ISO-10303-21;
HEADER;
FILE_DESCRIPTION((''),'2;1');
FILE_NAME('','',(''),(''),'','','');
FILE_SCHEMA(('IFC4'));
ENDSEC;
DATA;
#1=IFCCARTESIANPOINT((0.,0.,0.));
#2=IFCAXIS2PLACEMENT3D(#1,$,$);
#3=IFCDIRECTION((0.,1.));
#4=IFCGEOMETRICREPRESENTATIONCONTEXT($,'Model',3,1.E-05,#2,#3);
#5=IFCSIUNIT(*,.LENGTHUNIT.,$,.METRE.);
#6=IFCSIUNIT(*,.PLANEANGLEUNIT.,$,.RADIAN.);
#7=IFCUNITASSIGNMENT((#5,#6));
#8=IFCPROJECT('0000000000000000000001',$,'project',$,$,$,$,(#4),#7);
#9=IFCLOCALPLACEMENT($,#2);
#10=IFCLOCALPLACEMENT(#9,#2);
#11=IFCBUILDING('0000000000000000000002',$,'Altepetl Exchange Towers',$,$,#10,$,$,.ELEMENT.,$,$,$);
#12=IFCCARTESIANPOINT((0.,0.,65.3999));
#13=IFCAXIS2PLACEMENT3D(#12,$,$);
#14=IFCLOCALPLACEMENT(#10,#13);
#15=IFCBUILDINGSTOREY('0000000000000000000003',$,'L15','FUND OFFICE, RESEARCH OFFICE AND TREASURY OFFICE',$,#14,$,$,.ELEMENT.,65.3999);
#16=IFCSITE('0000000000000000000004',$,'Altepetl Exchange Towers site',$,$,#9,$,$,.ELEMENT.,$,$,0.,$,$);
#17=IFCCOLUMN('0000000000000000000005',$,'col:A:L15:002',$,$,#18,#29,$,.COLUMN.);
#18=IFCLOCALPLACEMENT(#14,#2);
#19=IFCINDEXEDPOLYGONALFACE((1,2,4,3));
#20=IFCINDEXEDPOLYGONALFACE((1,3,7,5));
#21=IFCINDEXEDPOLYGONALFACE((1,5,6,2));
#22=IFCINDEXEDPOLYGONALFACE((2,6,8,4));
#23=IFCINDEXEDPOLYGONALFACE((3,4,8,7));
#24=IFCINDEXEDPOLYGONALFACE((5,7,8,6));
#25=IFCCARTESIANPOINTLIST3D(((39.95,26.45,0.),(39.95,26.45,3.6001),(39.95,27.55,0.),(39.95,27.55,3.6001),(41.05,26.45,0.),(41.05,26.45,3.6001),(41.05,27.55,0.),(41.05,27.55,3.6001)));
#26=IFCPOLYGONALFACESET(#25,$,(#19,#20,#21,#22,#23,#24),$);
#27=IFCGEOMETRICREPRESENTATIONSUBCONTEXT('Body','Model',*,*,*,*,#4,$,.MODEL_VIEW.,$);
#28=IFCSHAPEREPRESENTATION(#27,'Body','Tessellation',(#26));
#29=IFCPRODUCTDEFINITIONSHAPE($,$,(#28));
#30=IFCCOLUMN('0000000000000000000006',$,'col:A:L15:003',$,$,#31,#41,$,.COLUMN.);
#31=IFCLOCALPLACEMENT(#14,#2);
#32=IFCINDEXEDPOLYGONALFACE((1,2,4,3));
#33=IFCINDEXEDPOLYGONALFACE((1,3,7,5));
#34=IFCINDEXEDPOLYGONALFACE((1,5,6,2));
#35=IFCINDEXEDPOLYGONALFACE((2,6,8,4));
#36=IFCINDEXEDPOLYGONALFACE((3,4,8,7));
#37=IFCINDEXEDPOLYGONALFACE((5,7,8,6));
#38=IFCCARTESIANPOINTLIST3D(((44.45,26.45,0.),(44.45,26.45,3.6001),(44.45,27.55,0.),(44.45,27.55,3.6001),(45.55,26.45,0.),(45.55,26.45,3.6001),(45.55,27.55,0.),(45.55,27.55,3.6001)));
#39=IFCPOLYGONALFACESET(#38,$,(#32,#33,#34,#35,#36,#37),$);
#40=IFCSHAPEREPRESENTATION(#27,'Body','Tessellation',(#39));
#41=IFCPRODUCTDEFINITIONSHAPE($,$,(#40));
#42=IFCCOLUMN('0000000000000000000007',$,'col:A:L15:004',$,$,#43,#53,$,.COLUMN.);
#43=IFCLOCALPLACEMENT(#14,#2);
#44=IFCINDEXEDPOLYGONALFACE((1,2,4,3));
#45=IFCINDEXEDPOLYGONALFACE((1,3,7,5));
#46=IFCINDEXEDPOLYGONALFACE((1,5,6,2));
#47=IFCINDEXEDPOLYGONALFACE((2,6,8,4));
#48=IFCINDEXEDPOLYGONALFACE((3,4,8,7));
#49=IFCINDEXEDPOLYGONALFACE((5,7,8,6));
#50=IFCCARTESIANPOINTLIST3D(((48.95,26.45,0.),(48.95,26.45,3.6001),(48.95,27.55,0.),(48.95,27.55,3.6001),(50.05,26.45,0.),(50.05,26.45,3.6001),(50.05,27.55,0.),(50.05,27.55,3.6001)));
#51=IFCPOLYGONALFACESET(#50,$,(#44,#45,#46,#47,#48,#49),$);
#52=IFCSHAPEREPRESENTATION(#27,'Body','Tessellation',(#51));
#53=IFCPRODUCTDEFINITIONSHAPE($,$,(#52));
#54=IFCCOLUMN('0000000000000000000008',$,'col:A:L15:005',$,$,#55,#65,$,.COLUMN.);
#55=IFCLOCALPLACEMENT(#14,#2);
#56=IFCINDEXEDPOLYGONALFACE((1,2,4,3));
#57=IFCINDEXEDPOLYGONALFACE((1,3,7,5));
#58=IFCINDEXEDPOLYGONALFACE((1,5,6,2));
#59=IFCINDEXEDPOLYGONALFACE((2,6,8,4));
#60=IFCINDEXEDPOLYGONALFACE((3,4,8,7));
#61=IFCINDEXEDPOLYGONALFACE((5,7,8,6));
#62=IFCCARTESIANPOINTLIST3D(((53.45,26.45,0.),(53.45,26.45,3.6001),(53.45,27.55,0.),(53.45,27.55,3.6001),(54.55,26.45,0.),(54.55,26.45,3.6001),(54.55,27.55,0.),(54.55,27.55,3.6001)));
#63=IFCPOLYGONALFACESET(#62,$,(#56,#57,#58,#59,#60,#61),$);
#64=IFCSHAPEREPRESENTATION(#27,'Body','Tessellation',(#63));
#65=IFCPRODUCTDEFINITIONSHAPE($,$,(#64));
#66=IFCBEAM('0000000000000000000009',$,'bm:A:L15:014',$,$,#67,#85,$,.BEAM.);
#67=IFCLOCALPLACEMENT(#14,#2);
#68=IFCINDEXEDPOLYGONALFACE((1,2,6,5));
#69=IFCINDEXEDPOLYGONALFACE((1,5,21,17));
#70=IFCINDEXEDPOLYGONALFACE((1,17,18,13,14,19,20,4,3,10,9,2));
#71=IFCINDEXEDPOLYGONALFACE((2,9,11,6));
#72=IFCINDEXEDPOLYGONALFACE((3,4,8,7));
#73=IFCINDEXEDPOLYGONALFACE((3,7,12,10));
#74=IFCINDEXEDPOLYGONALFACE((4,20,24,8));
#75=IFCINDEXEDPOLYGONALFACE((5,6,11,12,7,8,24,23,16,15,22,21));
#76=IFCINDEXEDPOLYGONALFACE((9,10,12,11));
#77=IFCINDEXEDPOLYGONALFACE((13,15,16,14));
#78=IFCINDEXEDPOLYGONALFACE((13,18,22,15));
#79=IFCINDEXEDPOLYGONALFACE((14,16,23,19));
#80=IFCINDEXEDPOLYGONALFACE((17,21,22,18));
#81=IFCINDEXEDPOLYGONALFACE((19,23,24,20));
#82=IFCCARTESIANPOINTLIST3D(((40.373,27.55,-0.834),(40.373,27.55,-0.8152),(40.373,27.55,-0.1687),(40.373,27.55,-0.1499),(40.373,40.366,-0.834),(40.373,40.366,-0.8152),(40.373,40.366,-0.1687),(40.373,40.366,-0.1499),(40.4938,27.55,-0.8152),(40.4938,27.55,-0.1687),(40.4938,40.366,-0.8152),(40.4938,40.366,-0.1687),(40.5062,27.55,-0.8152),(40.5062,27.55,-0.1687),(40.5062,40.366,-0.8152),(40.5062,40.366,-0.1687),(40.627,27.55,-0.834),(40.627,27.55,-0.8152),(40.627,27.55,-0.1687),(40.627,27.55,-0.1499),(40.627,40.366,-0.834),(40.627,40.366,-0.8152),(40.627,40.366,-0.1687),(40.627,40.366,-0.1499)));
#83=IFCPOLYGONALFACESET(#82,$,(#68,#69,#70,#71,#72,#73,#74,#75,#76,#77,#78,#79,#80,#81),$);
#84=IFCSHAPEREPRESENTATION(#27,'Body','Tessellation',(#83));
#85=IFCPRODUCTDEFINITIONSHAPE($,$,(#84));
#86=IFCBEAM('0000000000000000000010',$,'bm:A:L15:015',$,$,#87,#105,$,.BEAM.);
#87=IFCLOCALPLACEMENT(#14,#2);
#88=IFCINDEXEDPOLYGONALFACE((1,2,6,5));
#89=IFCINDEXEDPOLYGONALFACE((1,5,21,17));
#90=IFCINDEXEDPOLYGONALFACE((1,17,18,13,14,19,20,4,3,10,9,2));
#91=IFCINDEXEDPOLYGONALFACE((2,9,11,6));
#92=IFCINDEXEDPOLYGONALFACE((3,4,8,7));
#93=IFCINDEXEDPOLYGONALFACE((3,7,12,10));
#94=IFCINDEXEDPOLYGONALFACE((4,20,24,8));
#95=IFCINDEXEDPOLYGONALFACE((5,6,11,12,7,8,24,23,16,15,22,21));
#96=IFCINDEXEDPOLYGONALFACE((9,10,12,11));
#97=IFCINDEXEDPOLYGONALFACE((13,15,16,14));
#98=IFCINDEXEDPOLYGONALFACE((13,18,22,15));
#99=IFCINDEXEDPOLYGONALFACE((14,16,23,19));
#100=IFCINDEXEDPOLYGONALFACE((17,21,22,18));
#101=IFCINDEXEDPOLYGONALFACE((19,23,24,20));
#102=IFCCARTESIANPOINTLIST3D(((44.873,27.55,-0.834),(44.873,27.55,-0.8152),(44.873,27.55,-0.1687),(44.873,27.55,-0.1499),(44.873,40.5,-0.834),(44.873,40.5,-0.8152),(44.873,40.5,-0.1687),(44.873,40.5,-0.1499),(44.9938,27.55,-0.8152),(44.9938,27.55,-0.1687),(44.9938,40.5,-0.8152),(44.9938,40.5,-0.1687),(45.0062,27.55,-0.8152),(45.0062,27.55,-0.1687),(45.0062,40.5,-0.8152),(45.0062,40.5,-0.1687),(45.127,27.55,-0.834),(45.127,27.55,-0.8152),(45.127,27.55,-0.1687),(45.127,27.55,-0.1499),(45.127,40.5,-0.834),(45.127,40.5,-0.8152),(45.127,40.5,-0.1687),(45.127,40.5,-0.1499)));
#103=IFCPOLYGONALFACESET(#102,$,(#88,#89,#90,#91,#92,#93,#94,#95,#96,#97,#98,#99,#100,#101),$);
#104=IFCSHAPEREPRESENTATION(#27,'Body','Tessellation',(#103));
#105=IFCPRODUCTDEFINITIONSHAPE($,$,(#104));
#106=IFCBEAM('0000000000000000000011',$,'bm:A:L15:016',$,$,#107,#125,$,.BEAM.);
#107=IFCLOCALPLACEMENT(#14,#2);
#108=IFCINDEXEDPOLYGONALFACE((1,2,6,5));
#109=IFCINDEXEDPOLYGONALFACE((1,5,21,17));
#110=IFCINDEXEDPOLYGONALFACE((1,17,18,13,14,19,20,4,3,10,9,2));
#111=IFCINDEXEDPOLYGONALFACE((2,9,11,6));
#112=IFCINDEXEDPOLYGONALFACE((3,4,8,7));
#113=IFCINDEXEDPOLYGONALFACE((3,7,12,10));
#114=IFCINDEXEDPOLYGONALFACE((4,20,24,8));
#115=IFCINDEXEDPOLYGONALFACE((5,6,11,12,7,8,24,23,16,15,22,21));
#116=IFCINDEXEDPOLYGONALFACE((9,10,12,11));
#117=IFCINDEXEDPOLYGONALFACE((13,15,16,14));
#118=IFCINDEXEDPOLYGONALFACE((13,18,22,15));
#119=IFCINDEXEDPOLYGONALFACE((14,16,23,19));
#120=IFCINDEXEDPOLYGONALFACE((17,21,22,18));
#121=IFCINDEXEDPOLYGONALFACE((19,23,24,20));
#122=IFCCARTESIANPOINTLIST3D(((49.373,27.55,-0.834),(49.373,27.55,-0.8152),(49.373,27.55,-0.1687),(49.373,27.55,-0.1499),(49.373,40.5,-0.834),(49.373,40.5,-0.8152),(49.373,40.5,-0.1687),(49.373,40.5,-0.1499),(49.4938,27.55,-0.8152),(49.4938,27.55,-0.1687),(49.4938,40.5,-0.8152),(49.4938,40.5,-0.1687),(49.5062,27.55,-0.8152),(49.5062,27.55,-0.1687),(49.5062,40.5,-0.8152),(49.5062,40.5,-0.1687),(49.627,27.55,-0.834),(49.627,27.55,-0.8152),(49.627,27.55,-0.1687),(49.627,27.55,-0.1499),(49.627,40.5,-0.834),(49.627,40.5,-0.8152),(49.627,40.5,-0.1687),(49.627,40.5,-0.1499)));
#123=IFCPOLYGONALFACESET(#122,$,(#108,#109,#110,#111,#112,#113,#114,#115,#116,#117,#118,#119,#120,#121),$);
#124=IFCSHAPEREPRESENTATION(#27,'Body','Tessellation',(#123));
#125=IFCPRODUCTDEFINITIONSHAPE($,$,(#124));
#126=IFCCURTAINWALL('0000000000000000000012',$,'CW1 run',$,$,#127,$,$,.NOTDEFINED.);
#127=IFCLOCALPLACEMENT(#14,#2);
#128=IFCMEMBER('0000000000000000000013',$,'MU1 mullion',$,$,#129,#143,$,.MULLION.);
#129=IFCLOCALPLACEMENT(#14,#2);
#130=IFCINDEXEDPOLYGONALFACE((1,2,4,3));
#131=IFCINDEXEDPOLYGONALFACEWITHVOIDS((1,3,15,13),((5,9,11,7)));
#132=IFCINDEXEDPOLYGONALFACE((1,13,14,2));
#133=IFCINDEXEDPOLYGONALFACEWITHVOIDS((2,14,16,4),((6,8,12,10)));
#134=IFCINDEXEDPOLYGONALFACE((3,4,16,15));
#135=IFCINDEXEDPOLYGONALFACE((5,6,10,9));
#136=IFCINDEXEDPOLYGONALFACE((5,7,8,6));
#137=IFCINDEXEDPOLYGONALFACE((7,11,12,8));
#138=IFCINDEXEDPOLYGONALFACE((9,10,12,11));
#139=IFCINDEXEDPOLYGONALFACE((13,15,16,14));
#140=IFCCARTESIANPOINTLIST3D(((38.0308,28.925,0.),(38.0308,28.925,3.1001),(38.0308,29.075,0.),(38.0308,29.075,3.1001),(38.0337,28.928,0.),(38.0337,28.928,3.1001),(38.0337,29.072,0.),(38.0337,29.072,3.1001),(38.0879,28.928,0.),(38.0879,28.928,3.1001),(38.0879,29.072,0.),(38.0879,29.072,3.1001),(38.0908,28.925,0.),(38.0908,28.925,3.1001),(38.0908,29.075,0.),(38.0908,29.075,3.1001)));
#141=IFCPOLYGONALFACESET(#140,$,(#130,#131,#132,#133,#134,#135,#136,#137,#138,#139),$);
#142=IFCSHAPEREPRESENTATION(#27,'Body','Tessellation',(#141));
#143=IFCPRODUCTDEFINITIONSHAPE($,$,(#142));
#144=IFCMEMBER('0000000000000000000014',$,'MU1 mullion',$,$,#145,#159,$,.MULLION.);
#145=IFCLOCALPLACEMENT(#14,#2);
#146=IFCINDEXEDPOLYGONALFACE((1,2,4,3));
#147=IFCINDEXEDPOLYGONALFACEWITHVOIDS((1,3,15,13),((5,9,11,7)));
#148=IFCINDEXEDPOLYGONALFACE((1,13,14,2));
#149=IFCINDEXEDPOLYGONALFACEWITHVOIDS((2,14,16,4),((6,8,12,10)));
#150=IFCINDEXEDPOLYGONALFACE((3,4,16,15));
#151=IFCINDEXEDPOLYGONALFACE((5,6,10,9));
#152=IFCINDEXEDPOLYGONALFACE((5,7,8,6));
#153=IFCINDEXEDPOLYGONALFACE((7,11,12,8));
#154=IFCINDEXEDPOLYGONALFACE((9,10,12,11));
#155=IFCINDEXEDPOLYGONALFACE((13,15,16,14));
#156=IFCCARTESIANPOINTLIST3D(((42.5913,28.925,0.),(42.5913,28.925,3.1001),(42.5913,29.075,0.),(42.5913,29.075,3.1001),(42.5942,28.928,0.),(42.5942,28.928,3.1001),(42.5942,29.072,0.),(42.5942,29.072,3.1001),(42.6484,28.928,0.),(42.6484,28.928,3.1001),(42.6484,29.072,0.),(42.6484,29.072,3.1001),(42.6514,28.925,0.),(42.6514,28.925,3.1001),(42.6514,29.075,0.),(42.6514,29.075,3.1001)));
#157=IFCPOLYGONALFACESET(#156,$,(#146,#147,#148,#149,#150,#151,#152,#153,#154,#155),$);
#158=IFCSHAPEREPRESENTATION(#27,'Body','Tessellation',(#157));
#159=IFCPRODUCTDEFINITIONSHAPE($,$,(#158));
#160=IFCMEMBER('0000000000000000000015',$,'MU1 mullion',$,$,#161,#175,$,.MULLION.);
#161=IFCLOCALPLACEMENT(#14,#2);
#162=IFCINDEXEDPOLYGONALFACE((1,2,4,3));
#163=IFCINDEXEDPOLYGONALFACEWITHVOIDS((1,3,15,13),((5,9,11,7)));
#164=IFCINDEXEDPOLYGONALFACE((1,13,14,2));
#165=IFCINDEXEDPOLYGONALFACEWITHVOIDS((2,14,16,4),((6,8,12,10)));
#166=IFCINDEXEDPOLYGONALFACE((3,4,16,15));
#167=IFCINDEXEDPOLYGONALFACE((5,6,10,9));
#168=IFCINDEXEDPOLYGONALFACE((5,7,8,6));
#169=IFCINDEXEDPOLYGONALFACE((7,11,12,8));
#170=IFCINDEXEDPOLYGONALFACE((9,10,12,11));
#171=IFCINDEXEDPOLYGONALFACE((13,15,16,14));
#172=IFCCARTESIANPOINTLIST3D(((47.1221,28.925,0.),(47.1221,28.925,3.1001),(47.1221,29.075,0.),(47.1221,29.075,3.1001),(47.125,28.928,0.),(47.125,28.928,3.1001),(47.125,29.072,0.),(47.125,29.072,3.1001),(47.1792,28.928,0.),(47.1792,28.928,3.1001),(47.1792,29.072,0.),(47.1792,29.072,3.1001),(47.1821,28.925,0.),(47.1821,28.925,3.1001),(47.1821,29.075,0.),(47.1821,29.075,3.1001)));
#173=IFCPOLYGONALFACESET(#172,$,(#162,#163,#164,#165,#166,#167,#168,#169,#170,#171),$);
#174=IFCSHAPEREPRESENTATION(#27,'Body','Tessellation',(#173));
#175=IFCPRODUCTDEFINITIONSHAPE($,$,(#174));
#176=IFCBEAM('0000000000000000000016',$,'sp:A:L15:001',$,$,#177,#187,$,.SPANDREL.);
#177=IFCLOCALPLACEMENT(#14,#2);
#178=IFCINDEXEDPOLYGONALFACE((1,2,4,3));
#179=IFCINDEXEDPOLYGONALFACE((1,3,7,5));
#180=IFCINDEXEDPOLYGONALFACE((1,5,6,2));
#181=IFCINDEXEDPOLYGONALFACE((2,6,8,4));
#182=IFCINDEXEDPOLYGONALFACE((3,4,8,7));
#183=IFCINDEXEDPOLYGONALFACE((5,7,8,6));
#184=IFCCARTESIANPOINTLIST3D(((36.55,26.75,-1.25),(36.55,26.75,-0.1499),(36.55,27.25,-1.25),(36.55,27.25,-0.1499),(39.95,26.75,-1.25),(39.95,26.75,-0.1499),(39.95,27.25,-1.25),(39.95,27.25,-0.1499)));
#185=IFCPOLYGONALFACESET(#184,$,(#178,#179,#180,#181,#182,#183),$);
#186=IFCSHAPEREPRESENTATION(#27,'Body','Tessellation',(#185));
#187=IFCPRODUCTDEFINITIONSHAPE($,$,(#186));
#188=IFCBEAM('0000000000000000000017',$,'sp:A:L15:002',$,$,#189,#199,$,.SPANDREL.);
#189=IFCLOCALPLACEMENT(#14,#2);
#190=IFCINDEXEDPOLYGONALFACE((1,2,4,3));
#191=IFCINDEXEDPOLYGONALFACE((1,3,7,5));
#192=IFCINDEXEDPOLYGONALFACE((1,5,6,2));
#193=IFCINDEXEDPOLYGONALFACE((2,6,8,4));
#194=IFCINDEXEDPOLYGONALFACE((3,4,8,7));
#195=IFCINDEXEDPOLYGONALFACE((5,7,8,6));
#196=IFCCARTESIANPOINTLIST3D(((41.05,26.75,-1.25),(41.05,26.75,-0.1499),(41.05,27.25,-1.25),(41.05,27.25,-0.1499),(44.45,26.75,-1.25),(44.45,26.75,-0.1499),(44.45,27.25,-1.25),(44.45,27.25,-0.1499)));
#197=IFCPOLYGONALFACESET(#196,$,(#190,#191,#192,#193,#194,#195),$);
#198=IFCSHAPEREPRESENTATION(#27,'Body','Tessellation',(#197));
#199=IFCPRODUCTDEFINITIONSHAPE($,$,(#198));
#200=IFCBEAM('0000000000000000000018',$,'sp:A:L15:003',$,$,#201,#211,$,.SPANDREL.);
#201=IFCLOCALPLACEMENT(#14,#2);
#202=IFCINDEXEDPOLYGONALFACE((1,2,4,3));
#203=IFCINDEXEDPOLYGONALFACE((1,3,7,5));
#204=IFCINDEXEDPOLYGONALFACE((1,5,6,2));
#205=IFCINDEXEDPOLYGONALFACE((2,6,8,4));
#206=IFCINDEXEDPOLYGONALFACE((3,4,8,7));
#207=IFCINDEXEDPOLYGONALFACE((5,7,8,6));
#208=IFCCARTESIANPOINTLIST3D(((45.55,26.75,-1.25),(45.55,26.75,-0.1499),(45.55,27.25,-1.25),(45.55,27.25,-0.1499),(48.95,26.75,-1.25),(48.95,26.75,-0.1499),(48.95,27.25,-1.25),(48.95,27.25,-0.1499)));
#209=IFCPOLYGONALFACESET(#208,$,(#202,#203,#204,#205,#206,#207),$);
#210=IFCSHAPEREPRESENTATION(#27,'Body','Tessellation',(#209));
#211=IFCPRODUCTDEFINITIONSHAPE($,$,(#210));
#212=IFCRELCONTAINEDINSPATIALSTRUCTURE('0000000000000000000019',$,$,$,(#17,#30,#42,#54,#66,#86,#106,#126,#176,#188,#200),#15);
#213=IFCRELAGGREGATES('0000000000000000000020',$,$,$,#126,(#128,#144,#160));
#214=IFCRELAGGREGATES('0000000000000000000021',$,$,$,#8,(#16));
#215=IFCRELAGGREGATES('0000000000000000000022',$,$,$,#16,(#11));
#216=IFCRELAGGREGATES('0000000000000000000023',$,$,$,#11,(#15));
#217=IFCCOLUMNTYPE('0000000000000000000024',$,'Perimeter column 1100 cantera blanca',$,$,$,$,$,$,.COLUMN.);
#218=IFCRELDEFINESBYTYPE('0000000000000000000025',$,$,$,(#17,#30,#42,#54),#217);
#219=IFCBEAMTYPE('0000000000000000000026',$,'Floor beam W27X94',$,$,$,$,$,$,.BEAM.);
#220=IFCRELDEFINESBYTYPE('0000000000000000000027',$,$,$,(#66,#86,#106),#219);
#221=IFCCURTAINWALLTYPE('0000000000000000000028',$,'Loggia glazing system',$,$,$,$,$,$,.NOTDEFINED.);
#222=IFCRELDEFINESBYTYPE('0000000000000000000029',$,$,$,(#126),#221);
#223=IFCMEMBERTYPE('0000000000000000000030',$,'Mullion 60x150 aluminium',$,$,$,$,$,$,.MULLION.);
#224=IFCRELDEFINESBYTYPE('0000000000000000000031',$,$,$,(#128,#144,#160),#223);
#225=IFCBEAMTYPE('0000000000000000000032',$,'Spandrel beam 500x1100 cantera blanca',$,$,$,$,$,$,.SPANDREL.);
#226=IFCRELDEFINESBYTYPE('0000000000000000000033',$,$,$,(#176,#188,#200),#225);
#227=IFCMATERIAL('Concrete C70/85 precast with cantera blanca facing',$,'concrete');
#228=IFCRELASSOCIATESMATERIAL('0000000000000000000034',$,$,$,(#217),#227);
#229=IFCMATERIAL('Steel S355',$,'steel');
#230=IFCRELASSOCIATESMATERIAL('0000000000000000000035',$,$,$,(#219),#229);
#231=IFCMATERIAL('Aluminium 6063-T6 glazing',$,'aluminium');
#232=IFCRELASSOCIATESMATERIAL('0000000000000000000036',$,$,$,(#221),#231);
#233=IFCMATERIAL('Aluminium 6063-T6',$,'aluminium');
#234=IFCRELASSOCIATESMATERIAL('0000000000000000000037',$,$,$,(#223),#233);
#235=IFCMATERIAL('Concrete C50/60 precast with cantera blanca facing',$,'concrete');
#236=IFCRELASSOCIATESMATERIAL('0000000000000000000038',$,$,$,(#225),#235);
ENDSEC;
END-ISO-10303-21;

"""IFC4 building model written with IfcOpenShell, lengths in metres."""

from ifc_helpers import new_model, si_unit, direction, frame, origin, origin_2d, place, context, subcontext, project, spatial, rectangle, hollow_rectangle, i_section, extrude, material, material_profile, profile_set, type_object, element, aggregate, save


model = new_model("IFC4")

# Units and contexts
model_context = context("Model", 3, precision=1e-05, world=origin(), true_north=direction((0.0, 1.0)))
body_context = subcontext(model_context, "Body", "Model", "MODEL_VIEW")
ifc_project = project(units=[si_unit("LENGTHUNIT", "METRE"), si_unit("PLANEANGLEUNIT", "RADIAN")], contexts=[model_context])

# Site, building, storey
site_placement = place(None, origin())
site = spatial("IfcSite", under=ifc_project, at=site_placement, Name="Altepetl Exchange Towers site", CompositionType="ELEMENT", RefElevation=0.0)
building_placement = place(site_placement, origin())
building = spatial("IfcBuilding", under=site, at=building_placement, Name="Altepetl Exchange Towers", CompositionType="ELEMENT")
storey_placement = place(building_placement, frame((0.0, 0.0, 65.3999)))
storey = spatial("IfcBuildingStorey", under=building, at=storey_placement, Name="L15", Description="FUND OFFICE, RESEARCH OFFICE AND TREASURY OFFICE", CompositionType="ELEMENT", Elevation=65.3999)

# Columns
ifc_material_1 = material(Name="Concrete C70/85 precast with cantera blanca facing", Category="concrete")
ifc_material_profile_1 = material_profile(ifc_material_1, rectangle(XDim=1.1001, YDim=1.1001, at=origin_2d()), Name="1100 x 1100")
ifc_profile_set_1 = profile_set([ifc_material_profile_1], Name="Concrete C70/85 precast with cantera blanca facing")
column_type = type_object("IfcColumnType", Name="Perimeter column 1100 cantera blanca", PredefinedType="COLUMN", material=ifc_profile_set_1)
for number, where, name in (
    (1, (40.5, 27.0, 0.0), "col:A:L15:002"),
    (2, (45.0, 27.0, 0.0), "col:A:L15:003"),
    (3, (49.5, 27.0, 0.0), "col:A:L15:004"),
    (4, (54.0, 27.0, 0.0), "col:A:L15:005"),
):
    element("IfcColumn", number, at=place(storey_placement, frame(where)), inside=storey, type_object=column_type, Name=name, PredefinedType="COLUMN", context=body_context, shape_type="SweptSolid", body=[
        extrude(rectangle(XDim=1.1001, YDim=1.1001, at=origin_2d()), origin(), (0.0, 0.0, 1.0), 3.6001),
    ])

# Beams
ifc_material_2 = material(Name="Steel S355", Category="steel")
ifc_material_profile_2 = material_profile(ifc_material_2, i_section(OverallWidth=0.2539, OverallDepth=0.6841, WebThickness=0.0125, FlangeThickness=0.0188, at=origin_2d()), Name="W27X94")
ifc_profile_set_2 = profile_set([ifc_material_profile_2], Name="Steel S355")
beam_type_1 = type_object("IfcBeamType", Name="Floor beam W27X94", PredefinedType="BEAM", material=ifc_profile_set_2)
beam_placement = place(storey_placement, frame((40.5, 27.55, -0.4919), z_axis=(0.0, 1.0, 0.0), x_axis=(-1.0, 0.0, 0.0)))
element("IfcBeam", 5, at=beam_placement, inside=storey, type_object=beam_type_1, Name="bm:A:L15:014", PredefinedType="BEAM", context=body_context, shape_type="SweptSolid", body=[
    extrude(i_section(OverallWidth=0.2539, OverallDepth=0.6841, WebThickness=0.0125, FlangeThickness=0.0188, at=origin_2d()), origin(), (0.0, 0.0, 1.0), 12.8159),
])
for number, where, z_axis, x_axis, name in (
    (6, (45.0, 27.55, -0.4919), (0.0, 1.0, 0.0), (-1.0, 0.0, 0.0), "bm:A:L15:015"),
    (7, (49.5, 27.55, -0.4919), (0.0, 1.0, 0.0), (-1.0, 0.0, 0.0), "bm:A:L15:016"),
):
    element("IfcBeam", number, at=place(storey_placement, frame(where, z_axis=z_axis, x_axis=x_axis)), inside=storey, type_object=beam_type_1, Name=name, PredefinedType="BEAM", context=body_context, shape_type="SweptSolid", body=[
        extrude(i_section(OverallWidth=0.2539, OverallDepth=0.6841, WebThickness=0.0125, FlangeThickness=0.0188, at=origin_2d()), origin(), (0.0, 0.0, 1.0), 12.95),
    ])

# Curtain wall, members
ifc_material_3 = material(Name="Aluminium 6063-T6 glazing", Category="aluminium")
curtain_wall_type = type_object("IfcCurtainWallType", Name="Loggia glazing system", PredefinedType="NOTDEFINED", material=ifc_material_3)
curtain_wall_placement = place(storey_placement, origin())
curtain_wall = element("IfcCurtainWall", 8, at=curtain_wall_placement, inside=storey, type_object=curtain_wall_type, Name="CW1 run", PredefinedType="NOTDEFINED")
ifc_material_4 = material(Name="Aluminium 6063-T6", Category="aluminium")
ifc_material_profile_3 = material_profile(ifc_material_4, hollow_rectangle(XDim=0.0601, YDim=0.1499, WallThickness=0.0029, at=origin_2d()), Name="Mullion 60x150 aluminium")
ifc_profile_set_3 = profile_set([ifc_material_profile_3], Name="Aluminium 6063-T6")
member_type = type_object("IfcMemberType", Name="Mullion 60x150 aluminium", PredefinedType="MULLION", material=ifc_profile_set_3)
member_1_placement = place(storey_placement, frame((38.0608, 29.0, 0.0)))
member_1 = element("IfcMember", 9, at=member_1_placement, type_object=member_type, Name="MU1 mullion", PredefinedType="MULLION", context=body_context, shape_type="SweptSolid", body=[
    extrude(hollow_rectangle(XDim=0.0601, YDim=0.1499, WallThickness=0.0029, at=origin_2d()), origin(), (0.0, 0.0, 1.0), 3.1001),
])
member_2_placement = place(storey_placement, frame((42.6213, 29.0, 0.0)))
member_2 = element("IfcMember", 10, at=member_2_placement, type_object=member_type, Name="MU1 mullion", PredefinedType="MULLION", context=body_context, shape_type="SweptSolid", body=[
    extrude(hollow_rectangle(XDim=0.0601, YDim=0.1499, WallThickness=0.0029, at=origin_2d()), origin(), (0.0, 0.0, 1.0), 3.1001),
])
member_3_placement = place(storey_placement, frame((47.1521, 29.0, 0.0)))
member_3 = element("IfcMember", 11, at=member_3_placement, type_object=member_type, Name="MU1 mullion", PredefinedType="MULLION", context=body_context, shape_type="SweptSolid", body=[
    extrude(hollow_rectangle(XDim=0.0601, YDim=0.1499, WallThickness=0.0029, at=origin_2d()), origin(), (0.0, 0.0, 1.0), 3.1001),
])

# Beams
ifc_material_5 = material(Name="Concrete C50/60 precast with cantera blanca facing", Category="concrete")
ifc_material_profile_4 = material_profile(ifc_material_5, rectangle(XDim=0.5, YDim=1.1001, at=origin_2d()), Name="500 x 1100")
ifc_profile_set_4 = profile_set([ifc_material_profile_4], Name="Concrete C50/60 precast with cantera blanca facing")
beam_type_2 = type_object("IfcBeamType", Name="Spandrel beam 500x1100 cantera blanca", PredefinedType="SPANDREL", material=ifc_profile_set_4)
for number, where, z_axis, x_axis, name in (
    (12, (36.55, 27.0, -0.7), (1.0, 0.0, 0.0), (0.0, 1.0, 0.0), "sp:A:L15:001"),
    (13, (41.05, 27.0, -0.7), (1.0, 0.0, 0.0), (0.0, 1.0, 0.0), "sp:A:L15:002"),
    (14, (45.55, 27.0, -0.7), (1.0, 0.0, 0.0), (0.0, 1.0, 0.0), "sp:A:L15:003"),
):
    element("IfcBeam", number, at=place(storey_placement, frame(where, z_axis=z_axis, x_axis=x_axis)), inside=storey, type_object=beam_type_2, Name=name, PredefinedType="SPANDREL", context=body_context, shape_type="SweptSolid", body=[
        extrude(rectangle(XDim=0.5, YDim=1.1001, at=origin_2d()), origin(), (0.0, 0.0, 1.0), 3.3999),
    ])

aggregate(curtain_wall, [member_1, member_2, member_3])

save(model, "model.ifc")
